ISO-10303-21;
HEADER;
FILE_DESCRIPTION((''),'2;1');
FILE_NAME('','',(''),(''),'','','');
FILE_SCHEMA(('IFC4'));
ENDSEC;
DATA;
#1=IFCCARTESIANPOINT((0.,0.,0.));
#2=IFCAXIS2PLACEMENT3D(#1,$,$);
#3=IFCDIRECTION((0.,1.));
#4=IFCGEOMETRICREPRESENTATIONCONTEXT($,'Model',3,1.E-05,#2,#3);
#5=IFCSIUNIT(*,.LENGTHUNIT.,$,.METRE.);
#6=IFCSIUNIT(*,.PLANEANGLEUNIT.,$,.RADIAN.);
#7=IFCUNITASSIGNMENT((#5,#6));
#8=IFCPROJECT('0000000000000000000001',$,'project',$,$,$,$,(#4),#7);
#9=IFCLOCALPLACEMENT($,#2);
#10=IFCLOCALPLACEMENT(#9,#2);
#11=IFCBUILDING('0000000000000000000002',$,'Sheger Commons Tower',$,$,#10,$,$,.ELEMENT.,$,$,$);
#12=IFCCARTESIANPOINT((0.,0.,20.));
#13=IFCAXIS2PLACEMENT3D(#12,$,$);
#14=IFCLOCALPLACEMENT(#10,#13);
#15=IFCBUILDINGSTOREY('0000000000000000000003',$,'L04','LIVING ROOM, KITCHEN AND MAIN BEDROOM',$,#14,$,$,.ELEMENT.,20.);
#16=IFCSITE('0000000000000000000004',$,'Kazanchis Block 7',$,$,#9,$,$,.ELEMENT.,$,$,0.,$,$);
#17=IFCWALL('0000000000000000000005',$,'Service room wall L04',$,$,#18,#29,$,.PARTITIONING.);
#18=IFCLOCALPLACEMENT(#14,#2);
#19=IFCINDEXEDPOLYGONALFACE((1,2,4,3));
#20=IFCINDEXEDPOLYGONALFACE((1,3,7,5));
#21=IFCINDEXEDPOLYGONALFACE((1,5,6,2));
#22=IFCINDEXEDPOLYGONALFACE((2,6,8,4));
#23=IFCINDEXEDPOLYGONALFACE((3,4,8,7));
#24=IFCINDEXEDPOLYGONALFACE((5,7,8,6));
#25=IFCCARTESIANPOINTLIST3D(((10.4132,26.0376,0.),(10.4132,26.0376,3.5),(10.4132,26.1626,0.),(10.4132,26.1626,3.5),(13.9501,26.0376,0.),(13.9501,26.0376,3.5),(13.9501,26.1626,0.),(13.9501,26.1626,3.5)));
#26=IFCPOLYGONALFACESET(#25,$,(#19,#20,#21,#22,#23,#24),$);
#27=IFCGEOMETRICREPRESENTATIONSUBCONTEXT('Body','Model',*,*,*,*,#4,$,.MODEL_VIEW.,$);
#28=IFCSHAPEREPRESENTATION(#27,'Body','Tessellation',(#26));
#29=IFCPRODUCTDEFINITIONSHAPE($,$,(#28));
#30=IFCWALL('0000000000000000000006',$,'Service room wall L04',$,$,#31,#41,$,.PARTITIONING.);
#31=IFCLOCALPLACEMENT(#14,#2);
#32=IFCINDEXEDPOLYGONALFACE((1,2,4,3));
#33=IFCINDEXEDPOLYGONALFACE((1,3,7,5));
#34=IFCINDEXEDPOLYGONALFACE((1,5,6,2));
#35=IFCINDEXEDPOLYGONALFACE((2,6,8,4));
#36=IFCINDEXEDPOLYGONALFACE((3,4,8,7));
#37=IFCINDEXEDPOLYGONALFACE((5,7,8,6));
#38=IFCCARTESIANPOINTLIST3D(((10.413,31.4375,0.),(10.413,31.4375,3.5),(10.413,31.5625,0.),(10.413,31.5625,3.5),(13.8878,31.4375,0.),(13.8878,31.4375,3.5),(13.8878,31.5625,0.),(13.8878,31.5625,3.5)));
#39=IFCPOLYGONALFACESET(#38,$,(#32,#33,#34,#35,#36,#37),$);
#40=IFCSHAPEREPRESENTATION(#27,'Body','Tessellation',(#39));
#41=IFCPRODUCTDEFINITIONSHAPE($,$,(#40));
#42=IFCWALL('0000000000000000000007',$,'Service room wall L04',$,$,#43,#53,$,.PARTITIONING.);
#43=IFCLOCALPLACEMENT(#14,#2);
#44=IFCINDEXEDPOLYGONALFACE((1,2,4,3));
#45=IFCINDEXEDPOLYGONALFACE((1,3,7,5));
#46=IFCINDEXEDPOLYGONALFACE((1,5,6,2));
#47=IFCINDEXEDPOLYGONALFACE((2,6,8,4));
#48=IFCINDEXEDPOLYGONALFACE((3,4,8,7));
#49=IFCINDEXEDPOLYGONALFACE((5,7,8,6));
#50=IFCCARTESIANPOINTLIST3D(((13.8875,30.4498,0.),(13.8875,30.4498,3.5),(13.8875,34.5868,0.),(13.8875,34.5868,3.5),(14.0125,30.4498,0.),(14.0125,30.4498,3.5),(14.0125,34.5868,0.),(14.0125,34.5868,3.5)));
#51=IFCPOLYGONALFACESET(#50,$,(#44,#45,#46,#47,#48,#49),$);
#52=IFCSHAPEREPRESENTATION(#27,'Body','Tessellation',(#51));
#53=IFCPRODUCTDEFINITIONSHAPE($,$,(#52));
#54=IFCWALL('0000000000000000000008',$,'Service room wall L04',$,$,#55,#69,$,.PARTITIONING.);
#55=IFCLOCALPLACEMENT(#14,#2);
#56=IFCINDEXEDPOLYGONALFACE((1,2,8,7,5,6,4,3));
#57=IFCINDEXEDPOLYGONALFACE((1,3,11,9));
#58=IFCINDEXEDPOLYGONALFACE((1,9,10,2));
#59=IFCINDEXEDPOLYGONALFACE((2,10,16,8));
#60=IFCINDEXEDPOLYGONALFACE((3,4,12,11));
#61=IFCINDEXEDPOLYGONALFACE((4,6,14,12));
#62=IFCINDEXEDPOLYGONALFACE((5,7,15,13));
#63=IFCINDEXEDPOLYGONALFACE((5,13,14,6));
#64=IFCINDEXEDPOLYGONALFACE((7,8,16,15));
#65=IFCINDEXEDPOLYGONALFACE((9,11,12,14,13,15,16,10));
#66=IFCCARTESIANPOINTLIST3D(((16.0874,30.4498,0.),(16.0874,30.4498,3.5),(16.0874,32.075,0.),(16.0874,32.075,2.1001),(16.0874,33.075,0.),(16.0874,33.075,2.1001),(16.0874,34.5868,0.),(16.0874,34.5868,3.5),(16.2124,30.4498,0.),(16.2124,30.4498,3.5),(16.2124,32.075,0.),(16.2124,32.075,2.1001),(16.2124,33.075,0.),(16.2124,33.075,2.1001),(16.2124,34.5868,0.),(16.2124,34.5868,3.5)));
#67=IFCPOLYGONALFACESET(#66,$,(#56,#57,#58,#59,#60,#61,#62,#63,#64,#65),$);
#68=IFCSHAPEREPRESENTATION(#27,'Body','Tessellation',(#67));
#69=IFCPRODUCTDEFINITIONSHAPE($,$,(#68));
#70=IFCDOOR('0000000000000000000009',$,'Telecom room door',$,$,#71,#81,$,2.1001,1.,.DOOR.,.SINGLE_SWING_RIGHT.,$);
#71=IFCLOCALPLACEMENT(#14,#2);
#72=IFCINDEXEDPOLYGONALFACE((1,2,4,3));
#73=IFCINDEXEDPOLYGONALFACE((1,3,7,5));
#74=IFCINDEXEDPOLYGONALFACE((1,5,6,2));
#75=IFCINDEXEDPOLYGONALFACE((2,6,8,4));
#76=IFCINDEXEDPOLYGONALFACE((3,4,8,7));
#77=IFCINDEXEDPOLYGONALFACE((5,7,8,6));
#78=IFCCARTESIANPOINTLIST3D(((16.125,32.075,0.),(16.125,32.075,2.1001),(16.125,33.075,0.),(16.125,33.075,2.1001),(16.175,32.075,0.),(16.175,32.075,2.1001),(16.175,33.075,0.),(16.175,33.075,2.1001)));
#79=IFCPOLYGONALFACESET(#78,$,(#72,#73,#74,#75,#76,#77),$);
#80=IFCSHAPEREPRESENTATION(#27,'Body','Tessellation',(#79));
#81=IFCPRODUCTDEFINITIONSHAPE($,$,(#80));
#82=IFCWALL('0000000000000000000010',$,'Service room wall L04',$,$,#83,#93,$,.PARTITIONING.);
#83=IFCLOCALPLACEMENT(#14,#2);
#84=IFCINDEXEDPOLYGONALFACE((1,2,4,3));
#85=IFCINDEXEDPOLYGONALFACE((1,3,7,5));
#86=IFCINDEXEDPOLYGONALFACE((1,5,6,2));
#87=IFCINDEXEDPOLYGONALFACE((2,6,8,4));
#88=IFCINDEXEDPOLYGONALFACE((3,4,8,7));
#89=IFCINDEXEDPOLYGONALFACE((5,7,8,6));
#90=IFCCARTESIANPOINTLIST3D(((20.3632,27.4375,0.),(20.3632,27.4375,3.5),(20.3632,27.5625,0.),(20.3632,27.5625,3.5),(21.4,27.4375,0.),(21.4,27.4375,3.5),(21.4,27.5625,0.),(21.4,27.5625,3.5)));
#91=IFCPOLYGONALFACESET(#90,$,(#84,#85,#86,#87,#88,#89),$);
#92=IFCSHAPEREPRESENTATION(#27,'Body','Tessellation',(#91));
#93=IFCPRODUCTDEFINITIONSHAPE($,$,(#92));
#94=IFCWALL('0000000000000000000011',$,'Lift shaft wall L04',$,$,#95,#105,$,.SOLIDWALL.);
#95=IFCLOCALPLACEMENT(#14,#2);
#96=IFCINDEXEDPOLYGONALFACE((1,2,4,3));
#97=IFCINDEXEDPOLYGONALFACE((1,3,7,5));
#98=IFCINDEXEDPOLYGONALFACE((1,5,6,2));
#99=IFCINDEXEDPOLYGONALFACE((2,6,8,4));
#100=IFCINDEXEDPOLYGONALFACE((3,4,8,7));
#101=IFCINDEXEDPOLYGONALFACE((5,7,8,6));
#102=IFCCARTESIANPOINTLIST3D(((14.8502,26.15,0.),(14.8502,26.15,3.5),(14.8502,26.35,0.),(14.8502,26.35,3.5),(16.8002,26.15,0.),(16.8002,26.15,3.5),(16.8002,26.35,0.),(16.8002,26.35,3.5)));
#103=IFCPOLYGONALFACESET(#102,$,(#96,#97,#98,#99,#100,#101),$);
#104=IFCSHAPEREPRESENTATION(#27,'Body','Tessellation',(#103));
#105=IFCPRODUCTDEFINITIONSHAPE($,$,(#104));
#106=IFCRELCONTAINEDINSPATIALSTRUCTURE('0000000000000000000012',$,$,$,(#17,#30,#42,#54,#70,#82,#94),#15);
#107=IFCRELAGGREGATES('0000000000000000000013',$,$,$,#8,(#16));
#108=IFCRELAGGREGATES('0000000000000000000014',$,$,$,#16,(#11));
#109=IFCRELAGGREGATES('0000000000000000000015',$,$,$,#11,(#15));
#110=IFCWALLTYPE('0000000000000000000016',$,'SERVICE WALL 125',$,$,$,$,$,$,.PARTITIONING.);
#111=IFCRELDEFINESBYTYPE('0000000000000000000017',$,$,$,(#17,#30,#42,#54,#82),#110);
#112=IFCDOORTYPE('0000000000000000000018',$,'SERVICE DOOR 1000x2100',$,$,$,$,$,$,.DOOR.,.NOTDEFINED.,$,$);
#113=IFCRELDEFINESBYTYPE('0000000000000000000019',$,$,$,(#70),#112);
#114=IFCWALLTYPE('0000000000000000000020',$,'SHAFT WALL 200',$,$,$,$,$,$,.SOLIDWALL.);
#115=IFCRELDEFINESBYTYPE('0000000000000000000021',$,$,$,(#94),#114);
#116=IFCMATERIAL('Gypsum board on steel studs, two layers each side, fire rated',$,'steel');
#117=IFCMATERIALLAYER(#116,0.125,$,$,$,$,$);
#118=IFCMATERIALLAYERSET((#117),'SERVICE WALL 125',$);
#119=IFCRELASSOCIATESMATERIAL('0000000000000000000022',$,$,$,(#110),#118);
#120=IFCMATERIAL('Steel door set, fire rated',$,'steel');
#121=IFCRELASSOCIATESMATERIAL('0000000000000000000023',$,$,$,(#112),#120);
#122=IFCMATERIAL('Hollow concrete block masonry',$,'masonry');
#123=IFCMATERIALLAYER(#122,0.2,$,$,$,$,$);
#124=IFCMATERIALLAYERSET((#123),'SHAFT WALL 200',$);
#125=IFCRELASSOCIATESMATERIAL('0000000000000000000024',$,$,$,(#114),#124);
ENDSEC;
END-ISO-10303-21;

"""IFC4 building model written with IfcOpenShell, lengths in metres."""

from ifc_helpers import new_model, si_unit, direction, frame, frame_2d, origin, place, context, subcontext, project, spatial, rectangle, extrude, material, layer, layer_set, type_object, element, fill, save


model = new_model("IFC4")

# Units and contexts
model_context = context("Model", 3, precision=1e-05, world=origin(), true_north=direction((0.0, 1.0)))
body_context = subcontext(model_context, "Body", "Model", "MODEL_VIEW")
ifc_project = project(units=[si_unit("LENGTHUNIT", "METRE"), si_unit("PLANEANGLEUNIT", "RADIAN")], contexts=[model_context])

# Site, building, storey
site_placement = place(None, origin())
site = spatial("IfcSite", under=ifc_project, at=site_placement, Name="Kazanchis Block 7", CompositionType="ELEMENT", RefElevation=0.0)
building_placement = place(site_placement, origin())
building = spatial("IfcBuilding", under=site, at=building_placement, Name="Sheger Commons Tower", CompositionType="ELEMENT")
storey_placement = place(building_placement, frame((0.0, 0.0, 20.0)))
storey = spatial("IfcBuildingStorey", under=building, at=storey_placement, Name="L04", Description="LIVING ROOM, KITCHEN AND MAIN BEDROOM", CompositionType="ELEMENT", Elevation=20.0)

# Shared definitions
ifc_material_1 = material(Name="Gypsum board on steel studs, two layers each side, fire rated", Category="steel")
ifc_layer_1 = layer(ifc_material_1, 0.125)
ifc_layer_set_1 = layer_set([ifc_layer_1], Name="SERVICE WALL 125")
wall_type_1 = type_object("IfcWallType", Name="SERVICE WALL 125", PredefinedType="PARTITIONING", material=ifc_layer_set_1)
ifc_material_2 = material(Name="Steel door set, fire rated", Category="steel")
door_type_1 = type_object("IfcDoorType", Name="SERVICE DOOR 1000x2100", OperationType="NOTDEFINED", PredefinedType="DOOR", material=ifc_material_2)

# Walls
wall_1_placement = place(storey_placement, frame((10.4131, 26.1001, 0.0), z_axis=(0.0, 0.0, 1.0), x_axis=(1.0, 0.0, 0.0)))
element("IfcWall", 1, at=wall_1_placement, inside=storey, type_object=wall_type_1, Name="Service room wall L04", PredefinedType="PARTITIONING", context=body_context, shape_type="SweptSolid", body=[
    extrude(rectangle(XDim=3.5369, YDim=0.125, at=frame_2d((1.7686, 0.0))), origin(), (0.0, 0.0, 1.0), 3.5),
])
wall_2_placement = place(storey_placement, frame((10.4131, 31.5, 0.0), z_axis=(0.0, 0.0, 1.0), x_axis=(1.0, 0.0, 0.0)))
element("IfcWall", 2, at=wall_2_placement, inside=storey, type_object=wall_type_1, Name="Service room wall L04", PredefinedType="PARTITIONING", context=body_context, shape_type="SweptSolid", body=[
    extrude(rectangle(XDim=3.4749, YDim=0.125, at=frame_2d((1.7373, 0.0))), origin(), (0.0, 0.0, 1.0), 3.5),
])
wall_3_placement = place(storey_placement, frame((13.95, 30.45, 0.0), z_axis=(0.0, 0.0, 1.0), x_axis=(0.0, 1.0, 0.0)))
element("IfcWall", 3, at=wall_3_placement, inside=storey, type_object=wall_type_1, Name="Service room wall L04", PredefinedType="PARTITIONING", context=body_context, shape_type="SweptSolid", body=[
    extrude(rectangle(XDim=4.137, YDim=0.125, at=frame_2d((2.0684, 0.0))), origin(), (0.0, 0.0, 1.0), 3.5),
])

# Wall, opening, door
wall_4_placement = place(storey_placement, frame((16.1499, 30.45, 0.0), z_axis=(0.0, 0.0, 1.0), x_axis=(0.0, 1.0, 0.0)))
wall_4 = element("IfcWall", 4, at=wall_4_placement, inside=storey, type_object=wall_type_1, Name="Service room wall L04", PredefinedType="PARTITIONING", context=body_context, shape_type="SweptSolid", body=[
    extrude(rectangle(XDim=4.137, YDim=0.125, at=frame_2d((2.0684, 0.0))), origin(), (0.0, 0.0, 1.0), 3.5),
])
opening_1_placement = place(wall_4_placement, frame((1.625, 0.0, 0.0)))
opening_1 = element("IfcOpeningElement", 5, at=opening_1_placement, cuts=wall_4, PredefinedType="OPENING", context=body_context, shape_type="SweptSolid", body=[
    extrude(rectangle(XDim=1.0, YDim=2.1001, at=frame_2d((0.5, 1.05))), frame((0.0, 0.0725, 0.0), z_axis=(0.0, -1.0, 0.0), x_axis=(1.0, 0.0, 0.0)), (0.0, 0.0, 1.0), 0.145),
])
door_1_placement = place(opening_1_placement, origin())
door_1 = element("IfcDoor", 6, at=door_1_placement, inside=storey, type_object=door_type_1, Name="Telecom room door", OperationType="SINGLE_SWING_RIGHT", OverallHeight=2.1001, OverallWidth=1.0, PredefinedType="DOOR", context=body_context, shape_type="SweptSolid", body=[
    extrude(rectangle(XDim=1.0, YDim=2.1001, at=frame_2d((0.5, 1.05))), frame((0.0, 0.0249, 0.0), z_axis=(0.0, -1.0, 0.0), x_axis=(1.0, 0.0, 0.0)), (0.0, 0.0, 1.0), 0.05),
])
fill(opening_1, door_1)

# Walls
wall_5_placement = place(storey_placement, frame((20.363, 27.5, 0.0), z_axis=(0.0, 0.0, 1.0), x_axis=(1.0, 0.0, 0.0)))
element("IfcWall", 7, at=wall_5_placement, inside=storey, type_object=wall_type_1, Name="Service room wall L04", PredefinedType="PARTITIONING", context=body_context, shape_type="SweptSolid", body=[
    extrude(rectangle(XDim=1.0369, YDim=0.125, at=frame_2d((0.5186, 0.0))), origin(), (0.0, 0.0, 1.0), 3.5),
])
ifc_material_3 = material(Name="Hollow concrete block masonry", Category="masonry")
ifc_layer_2 = layer(ifc_material_3, 0.2)
ifc_layer_set_2 = layer_set([ifc_layer_2], Name="SHAFT WALL 200")
wall_type_2 = type_object("IfcWallType", Name="SHAFT WALL 200", PredefinedType="SOLIDWALL", material=ifc_layer_set_2)
wall_6_placement = place(storey_placement, frame((14.8501, 26.25, 0.0), z_axis=(0.0, 0.0, 1.0), x_axis=(1.0, 0.0, 0.0)))
element("IfcWall", 8, at=wall_6_placement, inside=storey, type_object=wall_type_2, Name="Lift shaft wall L04", PredefinedType="SOLIDWALL", context=body_context, shape_type="SweptSolid", body=[
    extrude(rectangle(XDim=1.95, YDim=0.2, at=frame_2d((0.9751, 0.0))), origin(), (0.0, 0.0, 1.0), 3.5),
])

save(model, "model.ifc")
